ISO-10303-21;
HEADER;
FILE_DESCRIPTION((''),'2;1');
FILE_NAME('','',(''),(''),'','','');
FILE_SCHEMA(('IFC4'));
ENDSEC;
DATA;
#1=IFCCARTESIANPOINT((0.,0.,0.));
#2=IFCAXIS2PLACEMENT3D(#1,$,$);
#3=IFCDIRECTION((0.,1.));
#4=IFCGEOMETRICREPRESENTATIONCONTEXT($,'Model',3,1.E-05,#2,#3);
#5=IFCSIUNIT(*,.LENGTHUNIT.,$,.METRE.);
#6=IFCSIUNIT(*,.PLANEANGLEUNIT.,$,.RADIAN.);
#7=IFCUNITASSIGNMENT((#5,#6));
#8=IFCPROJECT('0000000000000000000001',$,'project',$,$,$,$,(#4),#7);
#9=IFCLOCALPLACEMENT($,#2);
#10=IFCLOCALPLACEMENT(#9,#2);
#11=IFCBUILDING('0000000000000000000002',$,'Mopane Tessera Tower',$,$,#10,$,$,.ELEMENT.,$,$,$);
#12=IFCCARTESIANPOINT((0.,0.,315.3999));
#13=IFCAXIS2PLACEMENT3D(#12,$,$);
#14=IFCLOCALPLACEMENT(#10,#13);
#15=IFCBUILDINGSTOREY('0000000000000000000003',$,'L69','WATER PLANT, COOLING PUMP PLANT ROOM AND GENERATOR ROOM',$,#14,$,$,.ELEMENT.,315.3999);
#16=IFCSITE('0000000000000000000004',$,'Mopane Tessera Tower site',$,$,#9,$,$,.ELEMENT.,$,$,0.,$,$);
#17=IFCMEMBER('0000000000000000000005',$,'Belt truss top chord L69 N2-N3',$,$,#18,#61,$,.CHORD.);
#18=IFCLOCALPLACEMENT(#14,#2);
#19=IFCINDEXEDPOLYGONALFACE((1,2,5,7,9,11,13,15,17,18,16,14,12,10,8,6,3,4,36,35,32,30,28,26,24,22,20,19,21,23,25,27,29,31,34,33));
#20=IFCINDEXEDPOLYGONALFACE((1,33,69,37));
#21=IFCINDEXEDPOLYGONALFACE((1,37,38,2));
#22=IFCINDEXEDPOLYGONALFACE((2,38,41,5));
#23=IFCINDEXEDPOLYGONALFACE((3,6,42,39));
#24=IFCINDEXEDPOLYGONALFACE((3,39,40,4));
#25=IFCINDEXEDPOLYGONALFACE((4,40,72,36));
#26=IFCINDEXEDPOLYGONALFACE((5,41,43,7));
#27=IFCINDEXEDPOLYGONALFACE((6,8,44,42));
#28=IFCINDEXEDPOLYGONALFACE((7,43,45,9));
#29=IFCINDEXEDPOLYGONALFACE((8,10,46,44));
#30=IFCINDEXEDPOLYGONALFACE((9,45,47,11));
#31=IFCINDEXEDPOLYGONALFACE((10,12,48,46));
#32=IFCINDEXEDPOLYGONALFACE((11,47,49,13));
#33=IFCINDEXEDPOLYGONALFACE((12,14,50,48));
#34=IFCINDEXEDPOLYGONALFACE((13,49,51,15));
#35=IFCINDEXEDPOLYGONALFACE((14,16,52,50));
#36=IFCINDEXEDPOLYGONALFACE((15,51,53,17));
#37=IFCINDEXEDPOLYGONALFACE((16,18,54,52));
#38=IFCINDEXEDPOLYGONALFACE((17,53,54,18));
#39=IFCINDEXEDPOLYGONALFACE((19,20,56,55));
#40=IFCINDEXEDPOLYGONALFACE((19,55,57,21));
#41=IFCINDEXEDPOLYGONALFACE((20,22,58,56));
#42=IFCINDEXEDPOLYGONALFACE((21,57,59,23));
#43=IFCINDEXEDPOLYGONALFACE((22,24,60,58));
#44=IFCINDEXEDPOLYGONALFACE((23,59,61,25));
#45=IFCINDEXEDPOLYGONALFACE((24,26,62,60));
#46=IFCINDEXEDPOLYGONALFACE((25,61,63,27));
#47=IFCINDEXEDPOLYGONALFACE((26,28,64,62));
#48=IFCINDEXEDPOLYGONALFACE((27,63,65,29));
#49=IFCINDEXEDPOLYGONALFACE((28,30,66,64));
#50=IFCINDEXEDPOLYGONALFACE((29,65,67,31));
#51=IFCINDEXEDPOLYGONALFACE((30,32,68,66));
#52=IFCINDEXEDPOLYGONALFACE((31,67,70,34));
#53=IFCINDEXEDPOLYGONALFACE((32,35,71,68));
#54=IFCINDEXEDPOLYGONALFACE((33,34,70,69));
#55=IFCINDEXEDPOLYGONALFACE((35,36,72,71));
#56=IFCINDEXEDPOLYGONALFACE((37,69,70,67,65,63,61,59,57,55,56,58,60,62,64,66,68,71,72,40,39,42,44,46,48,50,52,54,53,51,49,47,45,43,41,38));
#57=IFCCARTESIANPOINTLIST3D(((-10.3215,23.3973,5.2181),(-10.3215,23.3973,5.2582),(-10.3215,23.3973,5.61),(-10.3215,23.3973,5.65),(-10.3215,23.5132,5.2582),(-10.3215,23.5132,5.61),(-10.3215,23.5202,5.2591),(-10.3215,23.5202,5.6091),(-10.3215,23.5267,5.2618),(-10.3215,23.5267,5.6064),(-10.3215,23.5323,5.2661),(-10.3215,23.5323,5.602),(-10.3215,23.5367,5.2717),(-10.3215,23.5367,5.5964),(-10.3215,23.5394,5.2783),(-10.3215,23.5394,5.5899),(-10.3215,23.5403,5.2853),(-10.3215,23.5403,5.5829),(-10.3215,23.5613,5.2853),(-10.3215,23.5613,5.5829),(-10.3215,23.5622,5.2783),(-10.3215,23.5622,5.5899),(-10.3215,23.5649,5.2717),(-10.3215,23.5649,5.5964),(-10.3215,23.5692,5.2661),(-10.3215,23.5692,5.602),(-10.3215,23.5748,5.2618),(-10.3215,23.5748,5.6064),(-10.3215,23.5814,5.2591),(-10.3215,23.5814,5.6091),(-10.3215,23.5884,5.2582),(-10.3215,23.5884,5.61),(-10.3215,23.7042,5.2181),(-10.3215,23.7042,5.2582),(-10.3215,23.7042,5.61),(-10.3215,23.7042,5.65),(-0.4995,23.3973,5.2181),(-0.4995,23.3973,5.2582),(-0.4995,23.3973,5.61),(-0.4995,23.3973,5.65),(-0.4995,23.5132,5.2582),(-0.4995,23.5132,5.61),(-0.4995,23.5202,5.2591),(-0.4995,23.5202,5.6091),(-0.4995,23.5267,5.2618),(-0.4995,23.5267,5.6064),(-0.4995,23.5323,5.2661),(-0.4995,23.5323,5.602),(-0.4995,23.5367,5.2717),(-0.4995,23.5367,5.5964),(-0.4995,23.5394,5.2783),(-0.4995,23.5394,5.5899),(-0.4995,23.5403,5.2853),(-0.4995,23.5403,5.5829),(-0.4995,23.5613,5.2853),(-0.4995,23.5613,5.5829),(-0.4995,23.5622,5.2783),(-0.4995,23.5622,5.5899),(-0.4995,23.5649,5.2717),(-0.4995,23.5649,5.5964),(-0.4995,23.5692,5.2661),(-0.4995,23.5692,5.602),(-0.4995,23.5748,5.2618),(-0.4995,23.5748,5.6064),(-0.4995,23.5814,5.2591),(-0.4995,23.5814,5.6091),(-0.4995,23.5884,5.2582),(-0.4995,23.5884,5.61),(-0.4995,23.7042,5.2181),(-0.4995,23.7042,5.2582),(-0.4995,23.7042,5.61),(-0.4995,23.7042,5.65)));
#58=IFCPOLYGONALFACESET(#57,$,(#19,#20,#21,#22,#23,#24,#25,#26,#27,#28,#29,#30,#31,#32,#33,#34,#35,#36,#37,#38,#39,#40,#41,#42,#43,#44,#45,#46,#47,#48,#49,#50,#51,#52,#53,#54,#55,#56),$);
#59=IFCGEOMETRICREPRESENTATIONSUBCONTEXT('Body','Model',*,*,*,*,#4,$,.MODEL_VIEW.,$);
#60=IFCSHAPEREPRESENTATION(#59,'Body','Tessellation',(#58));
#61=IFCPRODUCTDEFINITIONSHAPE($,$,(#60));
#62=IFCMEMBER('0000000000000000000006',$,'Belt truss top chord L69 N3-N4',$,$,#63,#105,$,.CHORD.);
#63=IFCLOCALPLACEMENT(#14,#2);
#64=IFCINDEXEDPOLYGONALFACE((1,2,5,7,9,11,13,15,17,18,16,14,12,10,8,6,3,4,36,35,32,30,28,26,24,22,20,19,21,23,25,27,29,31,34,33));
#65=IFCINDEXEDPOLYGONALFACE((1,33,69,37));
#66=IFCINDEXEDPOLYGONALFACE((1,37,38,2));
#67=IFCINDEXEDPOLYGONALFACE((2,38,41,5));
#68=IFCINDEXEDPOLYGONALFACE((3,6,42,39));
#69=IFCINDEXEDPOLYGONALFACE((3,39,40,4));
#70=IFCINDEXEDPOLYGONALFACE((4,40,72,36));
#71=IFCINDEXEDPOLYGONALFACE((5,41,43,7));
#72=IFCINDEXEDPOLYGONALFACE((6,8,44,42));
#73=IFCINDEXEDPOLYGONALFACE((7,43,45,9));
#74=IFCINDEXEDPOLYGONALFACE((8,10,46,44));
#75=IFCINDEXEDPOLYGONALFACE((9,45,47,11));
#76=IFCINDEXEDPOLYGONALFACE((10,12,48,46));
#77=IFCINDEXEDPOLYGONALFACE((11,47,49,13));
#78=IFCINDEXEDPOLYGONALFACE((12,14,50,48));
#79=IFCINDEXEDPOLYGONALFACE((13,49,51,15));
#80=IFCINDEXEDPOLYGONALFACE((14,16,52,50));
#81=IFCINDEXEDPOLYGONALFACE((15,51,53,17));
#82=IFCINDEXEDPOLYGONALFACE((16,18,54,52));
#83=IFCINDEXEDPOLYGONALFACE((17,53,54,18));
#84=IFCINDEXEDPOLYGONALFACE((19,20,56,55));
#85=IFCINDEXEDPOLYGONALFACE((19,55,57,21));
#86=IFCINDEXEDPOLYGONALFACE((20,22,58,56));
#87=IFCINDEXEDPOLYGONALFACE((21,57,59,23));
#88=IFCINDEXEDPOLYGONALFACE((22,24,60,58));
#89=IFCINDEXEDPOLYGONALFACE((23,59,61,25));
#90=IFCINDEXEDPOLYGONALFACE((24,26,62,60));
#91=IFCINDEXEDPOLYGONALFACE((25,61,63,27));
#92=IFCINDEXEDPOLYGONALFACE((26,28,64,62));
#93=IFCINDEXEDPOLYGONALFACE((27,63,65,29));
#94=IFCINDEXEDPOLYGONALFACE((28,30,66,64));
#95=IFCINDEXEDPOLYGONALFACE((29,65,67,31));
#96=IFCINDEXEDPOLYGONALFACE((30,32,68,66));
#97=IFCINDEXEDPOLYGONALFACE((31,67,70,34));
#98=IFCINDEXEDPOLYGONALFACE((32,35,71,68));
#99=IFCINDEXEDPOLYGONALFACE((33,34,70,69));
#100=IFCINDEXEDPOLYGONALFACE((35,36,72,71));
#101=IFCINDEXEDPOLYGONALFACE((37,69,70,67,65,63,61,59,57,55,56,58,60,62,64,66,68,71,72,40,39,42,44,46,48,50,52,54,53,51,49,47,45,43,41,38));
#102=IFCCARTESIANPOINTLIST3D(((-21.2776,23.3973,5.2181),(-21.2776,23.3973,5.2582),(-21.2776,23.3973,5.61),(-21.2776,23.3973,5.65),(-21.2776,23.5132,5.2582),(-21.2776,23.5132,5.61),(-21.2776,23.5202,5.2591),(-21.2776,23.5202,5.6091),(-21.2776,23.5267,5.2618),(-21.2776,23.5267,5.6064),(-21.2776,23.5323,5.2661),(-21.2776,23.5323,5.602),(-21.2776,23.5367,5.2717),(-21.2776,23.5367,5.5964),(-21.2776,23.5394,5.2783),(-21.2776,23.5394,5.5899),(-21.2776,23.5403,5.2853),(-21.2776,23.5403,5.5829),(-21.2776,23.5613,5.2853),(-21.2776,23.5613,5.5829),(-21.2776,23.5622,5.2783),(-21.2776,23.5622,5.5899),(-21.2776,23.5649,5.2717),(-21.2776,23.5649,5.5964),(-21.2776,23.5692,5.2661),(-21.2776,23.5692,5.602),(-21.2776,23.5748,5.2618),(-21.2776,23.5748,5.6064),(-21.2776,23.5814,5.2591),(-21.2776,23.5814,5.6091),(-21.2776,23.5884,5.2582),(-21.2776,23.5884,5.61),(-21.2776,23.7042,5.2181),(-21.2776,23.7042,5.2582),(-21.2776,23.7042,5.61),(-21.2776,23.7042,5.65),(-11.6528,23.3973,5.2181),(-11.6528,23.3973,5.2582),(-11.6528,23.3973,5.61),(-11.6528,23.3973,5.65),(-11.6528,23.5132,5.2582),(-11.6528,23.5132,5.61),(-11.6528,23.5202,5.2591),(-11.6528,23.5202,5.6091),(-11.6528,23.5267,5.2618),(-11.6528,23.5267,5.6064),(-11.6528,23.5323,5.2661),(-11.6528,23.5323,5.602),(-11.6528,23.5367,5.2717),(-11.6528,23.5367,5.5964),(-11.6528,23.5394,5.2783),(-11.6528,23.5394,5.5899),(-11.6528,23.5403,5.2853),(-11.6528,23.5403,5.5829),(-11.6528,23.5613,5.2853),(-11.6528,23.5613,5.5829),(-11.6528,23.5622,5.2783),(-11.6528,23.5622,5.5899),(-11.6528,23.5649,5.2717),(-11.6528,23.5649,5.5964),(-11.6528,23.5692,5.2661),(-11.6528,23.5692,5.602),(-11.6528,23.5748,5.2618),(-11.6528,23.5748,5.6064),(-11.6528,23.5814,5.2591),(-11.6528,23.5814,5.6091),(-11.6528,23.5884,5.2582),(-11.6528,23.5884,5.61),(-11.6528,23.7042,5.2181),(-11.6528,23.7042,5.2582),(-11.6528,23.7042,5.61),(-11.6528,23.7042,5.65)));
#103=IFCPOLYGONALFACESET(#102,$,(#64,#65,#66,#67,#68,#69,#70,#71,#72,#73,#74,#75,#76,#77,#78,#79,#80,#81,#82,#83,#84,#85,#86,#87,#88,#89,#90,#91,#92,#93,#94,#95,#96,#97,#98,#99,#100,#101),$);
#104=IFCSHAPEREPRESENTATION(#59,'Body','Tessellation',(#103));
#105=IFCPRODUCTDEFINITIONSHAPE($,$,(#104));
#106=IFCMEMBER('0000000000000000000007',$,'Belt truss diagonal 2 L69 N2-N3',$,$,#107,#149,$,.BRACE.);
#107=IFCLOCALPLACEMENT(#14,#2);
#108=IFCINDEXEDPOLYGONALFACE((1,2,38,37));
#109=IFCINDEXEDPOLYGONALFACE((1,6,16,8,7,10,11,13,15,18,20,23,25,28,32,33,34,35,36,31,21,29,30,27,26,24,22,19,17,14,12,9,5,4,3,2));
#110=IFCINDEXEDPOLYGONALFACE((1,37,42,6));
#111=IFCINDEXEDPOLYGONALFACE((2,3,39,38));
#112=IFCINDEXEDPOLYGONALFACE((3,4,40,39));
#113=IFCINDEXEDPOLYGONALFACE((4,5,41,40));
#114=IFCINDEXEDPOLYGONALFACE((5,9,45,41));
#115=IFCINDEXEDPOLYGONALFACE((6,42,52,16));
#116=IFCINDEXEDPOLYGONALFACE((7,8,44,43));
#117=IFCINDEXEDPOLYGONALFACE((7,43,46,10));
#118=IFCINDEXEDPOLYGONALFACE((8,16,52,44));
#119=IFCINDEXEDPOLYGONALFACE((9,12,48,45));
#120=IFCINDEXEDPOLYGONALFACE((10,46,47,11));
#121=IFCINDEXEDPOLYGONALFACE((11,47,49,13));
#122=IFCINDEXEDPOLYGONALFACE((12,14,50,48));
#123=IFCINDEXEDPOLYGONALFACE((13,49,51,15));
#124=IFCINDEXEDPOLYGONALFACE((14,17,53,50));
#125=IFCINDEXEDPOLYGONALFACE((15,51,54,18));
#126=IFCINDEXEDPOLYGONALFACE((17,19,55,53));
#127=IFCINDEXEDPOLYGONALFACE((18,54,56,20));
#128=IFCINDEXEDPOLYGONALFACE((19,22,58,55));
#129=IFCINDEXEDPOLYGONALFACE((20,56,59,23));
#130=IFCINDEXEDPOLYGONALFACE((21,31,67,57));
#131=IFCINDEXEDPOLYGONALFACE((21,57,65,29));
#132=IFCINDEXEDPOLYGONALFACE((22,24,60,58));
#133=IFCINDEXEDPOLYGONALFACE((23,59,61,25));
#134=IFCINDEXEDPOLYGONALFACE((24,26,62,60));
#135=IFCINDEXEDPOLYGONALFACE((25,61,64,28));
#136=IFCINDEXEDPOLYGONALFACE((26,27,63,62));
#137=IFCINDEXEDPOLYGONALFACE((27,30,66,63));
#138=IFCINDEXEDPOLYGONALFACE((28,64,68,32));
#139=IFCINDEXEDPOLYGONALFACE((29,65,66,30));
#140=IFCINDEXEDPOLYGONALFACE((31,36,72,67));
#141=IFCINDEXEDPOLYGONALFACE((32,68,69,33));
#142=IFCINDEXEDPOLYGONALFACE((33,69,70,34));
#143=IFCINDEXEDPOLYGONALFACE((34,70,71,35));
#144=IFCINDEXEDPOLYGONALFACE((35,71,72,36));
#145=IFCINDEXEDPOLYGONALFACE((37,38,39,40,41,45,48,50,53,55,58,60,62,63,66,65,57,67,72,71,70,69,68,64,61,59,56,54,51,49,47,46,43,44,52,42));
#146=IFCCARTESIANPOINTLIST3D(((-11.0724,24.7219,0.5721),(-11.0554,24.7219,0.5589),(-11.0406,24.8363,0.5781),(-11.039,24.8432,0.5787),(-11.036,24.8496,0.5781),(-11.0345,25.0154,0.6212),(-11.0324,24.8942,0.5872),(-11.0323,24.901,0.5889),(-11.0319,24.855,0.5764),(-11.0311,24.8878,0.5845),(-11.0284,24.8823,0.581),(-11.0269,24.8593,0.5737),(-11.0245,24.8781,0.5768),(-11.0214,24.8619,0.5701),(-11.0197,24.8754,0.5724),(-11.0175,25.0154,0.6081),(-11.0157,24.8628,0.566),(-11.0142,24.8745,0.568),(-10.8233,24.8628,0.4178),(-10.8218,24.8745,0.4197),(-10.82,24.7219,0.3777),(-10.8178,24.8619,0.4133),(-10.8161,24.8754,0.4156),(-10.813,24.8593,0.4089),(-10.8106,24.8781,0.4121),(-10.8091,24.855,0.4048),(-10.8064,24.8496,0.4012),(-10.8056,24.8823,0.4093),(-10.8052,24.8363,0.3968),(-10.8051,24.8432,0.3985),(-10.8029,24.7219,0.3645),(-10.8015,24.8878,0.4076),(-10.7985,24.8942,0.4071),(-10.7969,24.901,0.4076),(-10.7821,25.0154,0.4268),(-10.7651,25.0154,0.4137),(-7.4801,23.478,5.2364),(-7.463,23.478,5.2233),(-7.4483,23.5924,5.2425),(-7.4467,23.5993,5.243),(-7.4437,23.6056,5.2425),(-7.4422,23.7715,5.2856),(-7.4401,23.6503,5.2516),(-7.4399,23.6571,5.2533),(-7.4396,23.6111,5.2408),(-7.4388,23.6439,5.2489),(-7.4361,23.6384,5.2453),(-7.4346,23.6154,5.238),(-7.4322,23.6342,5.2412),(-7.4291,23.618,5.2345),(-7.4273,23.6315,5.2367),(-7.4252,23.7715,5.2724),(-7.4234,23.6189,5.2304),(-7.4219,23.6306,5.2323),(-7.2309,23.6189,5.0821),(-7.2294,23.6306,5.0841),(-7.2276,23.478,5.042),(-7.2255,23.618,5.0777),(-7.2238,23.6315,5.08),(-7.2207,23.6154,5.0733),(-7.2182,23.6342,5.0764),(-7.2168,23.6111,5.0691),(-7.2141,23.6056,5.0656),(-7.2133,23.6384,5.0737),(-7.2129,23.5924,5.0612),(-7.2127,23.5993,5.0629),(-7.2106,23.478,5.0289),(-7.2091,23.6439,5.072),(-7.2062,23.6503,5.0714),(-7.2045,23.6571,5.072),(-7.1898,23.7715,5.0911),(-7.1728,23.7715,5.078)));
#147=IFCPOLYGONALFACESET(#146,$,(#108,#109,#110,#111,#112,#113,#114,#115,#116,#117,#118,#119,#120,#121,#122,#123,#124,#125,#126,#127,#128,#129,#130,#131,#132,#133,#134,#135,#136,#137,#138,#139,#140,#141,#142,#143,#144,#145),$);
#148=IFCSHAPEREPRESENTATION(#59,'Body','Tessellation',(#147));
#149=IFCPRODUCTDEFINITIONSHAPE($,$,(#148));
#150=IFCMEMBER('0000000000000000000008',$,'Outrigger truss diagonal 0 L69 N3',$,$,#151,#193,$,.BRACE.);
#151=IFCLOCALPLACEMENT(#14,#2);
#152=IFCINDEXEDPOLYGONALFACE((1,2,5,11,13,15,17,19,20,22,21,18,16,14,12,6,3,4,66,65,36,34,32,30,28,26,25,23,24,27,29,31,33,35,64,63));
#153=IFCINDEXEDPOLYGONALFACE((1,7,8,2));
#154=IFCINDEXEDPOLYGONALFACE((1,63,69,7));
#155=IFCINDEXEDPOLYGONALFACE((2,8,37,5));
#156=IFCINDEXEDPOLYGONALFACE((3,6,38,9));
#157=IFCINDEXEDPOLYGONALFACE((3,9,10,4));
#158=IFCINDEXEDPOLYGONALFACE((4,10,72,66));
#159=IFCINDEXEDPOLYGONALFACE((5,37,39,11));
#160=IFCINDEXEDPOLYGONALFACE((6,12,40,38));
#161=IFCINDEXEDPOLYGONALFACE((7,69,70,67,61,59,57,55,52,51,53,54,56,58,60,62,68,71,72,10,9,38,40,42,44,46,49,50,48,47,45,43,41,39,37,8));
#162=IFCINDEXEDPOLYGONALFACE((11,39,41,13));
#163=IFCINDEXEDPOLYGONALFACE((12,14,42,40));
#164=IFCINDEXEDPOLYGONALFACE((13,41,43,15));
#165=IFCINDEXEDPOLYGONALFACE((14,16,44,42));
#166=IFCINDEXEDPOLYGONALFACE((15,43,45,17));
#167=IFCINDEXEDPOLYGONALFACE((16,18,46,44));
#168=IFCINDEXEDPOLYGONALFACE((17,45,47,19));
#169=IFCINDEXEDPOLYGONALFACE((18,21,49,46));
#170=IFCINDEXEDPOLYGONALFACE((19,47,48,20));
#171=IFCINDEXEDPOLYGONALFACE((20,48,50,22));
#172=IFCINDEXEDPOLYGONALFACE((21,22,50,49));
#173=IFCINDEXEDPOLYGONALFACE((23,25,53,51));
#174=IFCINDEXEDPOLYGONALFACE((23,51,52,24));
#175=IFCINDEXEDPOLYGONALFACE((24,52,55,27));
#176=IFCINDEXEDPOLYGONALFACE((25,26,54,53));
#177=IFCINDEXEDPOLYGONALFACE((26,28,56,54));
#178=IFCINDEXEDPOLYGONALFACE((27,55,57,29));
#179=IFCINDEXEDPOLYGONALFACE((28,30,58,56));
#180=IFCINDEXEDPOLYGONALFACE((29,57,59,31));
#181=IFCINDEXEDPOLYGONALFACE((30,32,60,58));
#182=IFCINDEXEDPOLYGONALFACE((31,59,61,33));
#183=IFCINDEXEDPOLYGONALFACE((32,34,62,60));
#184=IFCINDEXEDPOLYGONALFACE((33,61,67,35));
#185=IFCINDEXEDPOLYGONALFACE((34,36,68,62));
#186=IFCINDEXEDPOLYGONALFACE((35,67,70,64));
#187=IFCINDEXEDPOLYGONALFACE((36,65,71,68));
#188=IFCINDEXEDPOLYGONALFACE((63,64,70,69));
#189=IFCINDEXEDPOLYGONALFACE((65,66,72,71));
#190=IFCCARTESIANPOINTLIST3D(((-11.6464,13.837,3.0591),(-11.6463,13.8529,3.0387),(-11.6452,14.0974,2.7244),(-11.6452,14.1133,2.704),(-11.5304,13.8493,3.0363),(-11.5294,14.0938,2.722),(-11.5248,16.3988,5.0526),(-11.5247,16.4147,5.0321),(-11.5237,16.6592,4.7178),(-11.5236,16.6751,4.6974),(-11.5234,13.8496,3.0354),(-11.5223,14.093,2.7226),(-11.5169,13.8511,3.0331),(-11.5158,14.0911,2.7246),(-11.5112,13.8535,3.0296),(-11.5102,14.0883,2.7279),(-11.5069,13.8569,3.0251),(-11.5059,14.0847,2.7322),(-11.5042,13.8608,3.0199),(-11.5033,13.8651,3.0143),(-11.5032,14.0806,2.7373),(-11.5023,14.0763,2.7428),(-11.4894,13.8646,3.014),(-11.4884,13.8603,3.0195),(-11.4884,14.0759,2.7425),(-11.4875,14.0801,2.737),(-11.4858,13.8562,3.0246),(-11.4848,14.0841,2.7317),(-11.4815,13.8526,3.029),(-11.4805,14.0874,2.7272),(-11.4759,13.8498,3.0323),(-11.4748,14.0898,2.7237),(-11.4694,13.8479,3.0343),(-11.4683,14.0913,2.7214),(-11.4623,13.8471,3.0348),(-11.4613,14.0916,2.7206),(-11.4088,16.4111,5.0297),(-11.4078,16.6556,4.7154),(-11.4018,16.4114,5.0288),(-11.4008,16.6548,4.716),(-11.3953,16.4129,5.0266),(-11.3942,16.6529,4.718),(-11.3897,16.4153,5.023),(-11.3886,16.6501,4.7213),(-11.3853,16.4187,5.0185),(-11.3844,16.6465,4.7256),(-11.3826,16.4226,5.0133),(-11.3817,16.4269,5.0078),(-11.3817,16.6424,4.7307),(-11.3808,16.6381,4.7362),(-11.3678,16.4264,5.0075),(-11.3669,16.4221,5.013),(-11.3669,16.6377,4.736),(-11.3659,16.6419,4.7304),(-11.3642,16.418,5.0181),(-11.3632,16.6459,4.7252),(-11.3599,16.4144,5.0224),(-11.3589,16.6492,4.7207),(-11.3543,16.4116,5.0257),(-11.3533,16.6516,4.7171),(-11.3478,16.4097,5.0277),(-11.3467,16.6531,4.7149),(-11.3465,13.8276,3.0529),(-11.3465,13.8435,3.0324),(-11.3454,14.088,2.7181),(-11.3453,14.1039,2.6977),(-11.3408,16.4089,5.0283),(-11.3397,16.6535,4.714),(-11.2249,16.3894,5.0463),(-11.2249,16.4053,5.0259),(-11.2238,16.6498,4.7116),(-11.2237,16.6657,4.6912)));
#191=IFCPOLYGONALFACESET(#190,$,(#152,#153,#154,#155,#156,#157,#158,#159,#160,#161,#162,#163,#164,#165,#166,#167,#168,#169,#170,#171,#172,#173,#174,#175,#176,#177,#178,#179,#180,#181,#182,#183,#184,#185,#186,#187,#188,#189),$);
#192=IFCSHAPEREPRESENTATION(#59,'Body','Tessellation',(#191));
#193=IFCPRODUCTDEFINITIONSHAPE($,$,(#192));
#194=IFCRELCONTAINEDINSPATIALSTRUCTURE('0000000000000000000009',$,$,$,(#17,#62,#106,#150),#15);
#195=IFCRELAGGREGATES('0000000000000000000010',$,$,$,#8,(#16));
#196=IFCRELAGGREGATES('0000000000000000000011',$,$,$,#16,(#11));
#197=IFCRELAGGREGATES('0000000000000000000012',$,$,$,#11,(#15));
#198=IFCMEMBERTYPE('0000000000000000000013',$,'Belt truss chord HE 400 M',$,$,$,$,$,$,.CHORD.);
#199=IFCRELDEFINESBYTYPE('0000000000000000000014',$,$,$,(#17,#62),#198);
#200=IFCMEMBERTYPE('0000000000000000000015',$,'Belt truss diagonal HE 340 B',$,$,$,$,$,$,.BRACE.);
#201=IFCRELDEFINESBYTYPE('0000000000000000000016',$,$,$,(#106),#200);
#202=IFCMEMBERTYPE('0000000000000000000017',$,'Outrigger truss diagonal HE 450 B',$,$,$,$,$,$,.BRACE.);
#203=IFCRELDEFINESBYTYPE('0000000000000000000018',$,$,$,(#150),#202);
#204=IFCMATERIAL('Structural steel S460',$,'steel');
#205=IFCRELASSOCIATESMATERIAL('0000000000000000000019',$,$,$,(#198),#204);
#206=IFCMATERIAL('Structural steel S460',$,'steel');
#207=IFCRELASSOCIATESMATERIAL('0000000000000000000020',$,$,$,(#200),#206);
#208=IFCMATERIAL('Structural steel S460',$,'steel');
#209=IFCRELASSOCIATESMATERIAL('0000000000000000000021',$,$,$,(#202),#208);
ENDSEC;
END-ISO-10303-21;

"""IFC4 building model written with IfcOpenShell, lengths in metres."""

from ifc_helpers import new_model, si_unit, direction, frame, origin, origin_2d, place, context, subcontext, project, spatial, i_section, extrude, material, material_profile, profile_set, type_object, element, save


model = new_model("IFC4")

# Units and contexts
model_context = context("Model", 3, precision=1e-05, world=origin(), true_north=direction((0.0, 1.0)))
body_context = subcontext(model_context, "Body", "Model", "MODEL_VIEW")
ifc_project = project(units=[si_unit("LENGTHUNIT", "METRE"), si_unit("PLANEANGLEUNIT", "RADIAN")], contexts=[model_context])

# Site, building, storey
site_placement = place(None, origin())
site = spatial("IfcSite", under=ifc_project, at=site_placement, Name="Mopane Tessera Tower site", CompositionType="ELEMENT", RefElevation=0.0)
building_placement = place(site_placement, origin())
building = spatial("IfcBuilding", under=site, at=building_placement, Name="Mopane Tessera Tower", CompositionType="ELEMENT")
storey_placement = place(building_placement, frame((0.0, 0.0, 315.3999)))
storey = spatial("IfcBuildingStorey", under=building, at=storey_placement, Name="L69", Description="WATER PLANT, COOLING PUMP PLANT ROOM AND GENERATOR ROOM", CompositionType="ELEMENT", Elevation=315.3999)

# Members
ifc_material_1 = material(Name="Structural steel S460", Category="steel")
ifc_material_profile_1 = material_profile(ifc_material_1, i_section(OverallWidth=0.3069, OverallDepth=0.4319, WebThickness=0.021, FlangeThickness=0.04, FilletRadius=0.0271, at=origin_2d()))
ifc_profile_set_1 = profile_set([ifc_material_profile_1], Name="Structural steel S460")
member_type_1 = type_object("IfcMemberType", Name="Belt truss chord HE 400 M", PredefinedType="CHORD", material=ifc_profile_set_1)
member_1_placement = place(storey_placement, frame((-0.4995, 23.5508, 5.4341), z_axis=(-1.0, 0.0, 0.0), x_axis=(0.0, -1.0, 0.0)))
element("IfcMember", 1, at=member_1_placement, inside=storey, type_object=member_type_1, Name="Belt truss top chord L69 N2-N3", PredefinedType="CHORD", context=body_context, shape_type="SweptSolid", body=[
    extrude(i_section(OverallWidth=0.3069, OverallDepth=0.4319, WebThickness=0.021, FlangeThickness=0.04, FilletRadius=0.0271, at=origin_2d()), origin(), (0.0, 0.0, 1.0), 9.822),
])
member_2_placement = place(storey_placement, frame((-11.6528, 23.5508, 5.4341), z_axis=(-1.0, 0.0, 0.0), x_axis=(0.0, -1.0, 0.0)))
element("IfcMember", 2, at=member_2_placement, inside=storey, type_object=member_type_1, Name="Belt truss top chord L69 N3-N4", PredefinedType="CHORD", context=body_context, shape_type="SweptSolid", body=[
    extrude(i_section(OverallWidth=0.3069, OverallDepth=0.4319, WebThickness=0.021, FlangeThickness=0.04, FilletRadius=0.0271, at=origin_2d()), origin(), (0.0, 0.0, 1.0), 9.6248),
])
ifc_material_2 = material(Name="Structural steel S460", Category="steel")
ifc_material_profile_2 = material_profile(ifc_material_2, i_section(OverallWidth=0.3, OverallDepth=0.3401, WebThickness=0.012, FlangeThickness=0.0215, FilletRadius=0.0271, at=origin_2d()))
ifc_profile_set_2 = profile_set([ifc_material_profile_2], Name="Structural steel S460")
member_type_2 = type_object("IfcMemberType", Name="Belt truss diagonal HE 340 B", PredefinedType="BRACE", material=ifc_profile_set_2)
member_3_placement = place(storey_placement, frame((-7.3264, 23.6248, 5.1572), z_axis=(-0.596996, 0.206721, -0.775153), x_axis=(-0.126137, -0.9784, -0.163778)))
element("IfcMember", 3, at=member_3_placement, inside=storey, type_object=member_type_2, Name="Belt truss diagonal 2 L69 N2-N3", PredefinedType="BRACE", context=body_context, shape_type="SweptSolid", body=[
    extrude(i_section(OverallWidth=0.3, OverallDepth=0.3401, WebThickness=0.012, FlangeThickness=0.0215, FilletRadius=0.0271, at=origin_2d()), origin(), (0.0, 0.0, 1.0), 6.0173),
])
ifc_material_3 = material(Name="Structural steel S460", Category="steel")
ifc_material_profile_3 = material_profile(ifc_material_3, i_section(OverallWidth=0.3, OverallDepth=0.45, WebThickness=0.0139, FlangeThickness=0.0259, FilletRadius=0.0271, at=origin_2d()))
ifc_profile_set_3 = profile_set([ifc_material_profile_3], Name="Structural steel S460")
member_type_3 = type_object("IfcMemberType", Name="Outrigger truss diagonal HE 450 B", PredefinedType="BRACE", material=ifc_profile_set_3)
member_4_placement = place(storey_placement, frame((-11.4958, 13.9705, 2.8784), z_axis=(0.03743, 0.788661, 0.613687), x_axis=(-0.999296, 0.031174, 0.020887)))
element("IfcMember", 4, at=member_4_placement, inside=storey, type_object=member_type_3, Name="Outrigger truss diagonal 0 L69 N3", PredefinedType="BRACE", context=body_context, shape_type="SweptSolid", body=[
    extrude(i_section(OverallWidth=0.3, OverallDepth=0.45, WebThickness=0.0139, FlangeThickness=0.0259, FilletRadius=0.0271, at=origin_2d()), origin(), (0.0, 0.0, 1.0), 3.2483),
])

save(model, "model.ifc")
